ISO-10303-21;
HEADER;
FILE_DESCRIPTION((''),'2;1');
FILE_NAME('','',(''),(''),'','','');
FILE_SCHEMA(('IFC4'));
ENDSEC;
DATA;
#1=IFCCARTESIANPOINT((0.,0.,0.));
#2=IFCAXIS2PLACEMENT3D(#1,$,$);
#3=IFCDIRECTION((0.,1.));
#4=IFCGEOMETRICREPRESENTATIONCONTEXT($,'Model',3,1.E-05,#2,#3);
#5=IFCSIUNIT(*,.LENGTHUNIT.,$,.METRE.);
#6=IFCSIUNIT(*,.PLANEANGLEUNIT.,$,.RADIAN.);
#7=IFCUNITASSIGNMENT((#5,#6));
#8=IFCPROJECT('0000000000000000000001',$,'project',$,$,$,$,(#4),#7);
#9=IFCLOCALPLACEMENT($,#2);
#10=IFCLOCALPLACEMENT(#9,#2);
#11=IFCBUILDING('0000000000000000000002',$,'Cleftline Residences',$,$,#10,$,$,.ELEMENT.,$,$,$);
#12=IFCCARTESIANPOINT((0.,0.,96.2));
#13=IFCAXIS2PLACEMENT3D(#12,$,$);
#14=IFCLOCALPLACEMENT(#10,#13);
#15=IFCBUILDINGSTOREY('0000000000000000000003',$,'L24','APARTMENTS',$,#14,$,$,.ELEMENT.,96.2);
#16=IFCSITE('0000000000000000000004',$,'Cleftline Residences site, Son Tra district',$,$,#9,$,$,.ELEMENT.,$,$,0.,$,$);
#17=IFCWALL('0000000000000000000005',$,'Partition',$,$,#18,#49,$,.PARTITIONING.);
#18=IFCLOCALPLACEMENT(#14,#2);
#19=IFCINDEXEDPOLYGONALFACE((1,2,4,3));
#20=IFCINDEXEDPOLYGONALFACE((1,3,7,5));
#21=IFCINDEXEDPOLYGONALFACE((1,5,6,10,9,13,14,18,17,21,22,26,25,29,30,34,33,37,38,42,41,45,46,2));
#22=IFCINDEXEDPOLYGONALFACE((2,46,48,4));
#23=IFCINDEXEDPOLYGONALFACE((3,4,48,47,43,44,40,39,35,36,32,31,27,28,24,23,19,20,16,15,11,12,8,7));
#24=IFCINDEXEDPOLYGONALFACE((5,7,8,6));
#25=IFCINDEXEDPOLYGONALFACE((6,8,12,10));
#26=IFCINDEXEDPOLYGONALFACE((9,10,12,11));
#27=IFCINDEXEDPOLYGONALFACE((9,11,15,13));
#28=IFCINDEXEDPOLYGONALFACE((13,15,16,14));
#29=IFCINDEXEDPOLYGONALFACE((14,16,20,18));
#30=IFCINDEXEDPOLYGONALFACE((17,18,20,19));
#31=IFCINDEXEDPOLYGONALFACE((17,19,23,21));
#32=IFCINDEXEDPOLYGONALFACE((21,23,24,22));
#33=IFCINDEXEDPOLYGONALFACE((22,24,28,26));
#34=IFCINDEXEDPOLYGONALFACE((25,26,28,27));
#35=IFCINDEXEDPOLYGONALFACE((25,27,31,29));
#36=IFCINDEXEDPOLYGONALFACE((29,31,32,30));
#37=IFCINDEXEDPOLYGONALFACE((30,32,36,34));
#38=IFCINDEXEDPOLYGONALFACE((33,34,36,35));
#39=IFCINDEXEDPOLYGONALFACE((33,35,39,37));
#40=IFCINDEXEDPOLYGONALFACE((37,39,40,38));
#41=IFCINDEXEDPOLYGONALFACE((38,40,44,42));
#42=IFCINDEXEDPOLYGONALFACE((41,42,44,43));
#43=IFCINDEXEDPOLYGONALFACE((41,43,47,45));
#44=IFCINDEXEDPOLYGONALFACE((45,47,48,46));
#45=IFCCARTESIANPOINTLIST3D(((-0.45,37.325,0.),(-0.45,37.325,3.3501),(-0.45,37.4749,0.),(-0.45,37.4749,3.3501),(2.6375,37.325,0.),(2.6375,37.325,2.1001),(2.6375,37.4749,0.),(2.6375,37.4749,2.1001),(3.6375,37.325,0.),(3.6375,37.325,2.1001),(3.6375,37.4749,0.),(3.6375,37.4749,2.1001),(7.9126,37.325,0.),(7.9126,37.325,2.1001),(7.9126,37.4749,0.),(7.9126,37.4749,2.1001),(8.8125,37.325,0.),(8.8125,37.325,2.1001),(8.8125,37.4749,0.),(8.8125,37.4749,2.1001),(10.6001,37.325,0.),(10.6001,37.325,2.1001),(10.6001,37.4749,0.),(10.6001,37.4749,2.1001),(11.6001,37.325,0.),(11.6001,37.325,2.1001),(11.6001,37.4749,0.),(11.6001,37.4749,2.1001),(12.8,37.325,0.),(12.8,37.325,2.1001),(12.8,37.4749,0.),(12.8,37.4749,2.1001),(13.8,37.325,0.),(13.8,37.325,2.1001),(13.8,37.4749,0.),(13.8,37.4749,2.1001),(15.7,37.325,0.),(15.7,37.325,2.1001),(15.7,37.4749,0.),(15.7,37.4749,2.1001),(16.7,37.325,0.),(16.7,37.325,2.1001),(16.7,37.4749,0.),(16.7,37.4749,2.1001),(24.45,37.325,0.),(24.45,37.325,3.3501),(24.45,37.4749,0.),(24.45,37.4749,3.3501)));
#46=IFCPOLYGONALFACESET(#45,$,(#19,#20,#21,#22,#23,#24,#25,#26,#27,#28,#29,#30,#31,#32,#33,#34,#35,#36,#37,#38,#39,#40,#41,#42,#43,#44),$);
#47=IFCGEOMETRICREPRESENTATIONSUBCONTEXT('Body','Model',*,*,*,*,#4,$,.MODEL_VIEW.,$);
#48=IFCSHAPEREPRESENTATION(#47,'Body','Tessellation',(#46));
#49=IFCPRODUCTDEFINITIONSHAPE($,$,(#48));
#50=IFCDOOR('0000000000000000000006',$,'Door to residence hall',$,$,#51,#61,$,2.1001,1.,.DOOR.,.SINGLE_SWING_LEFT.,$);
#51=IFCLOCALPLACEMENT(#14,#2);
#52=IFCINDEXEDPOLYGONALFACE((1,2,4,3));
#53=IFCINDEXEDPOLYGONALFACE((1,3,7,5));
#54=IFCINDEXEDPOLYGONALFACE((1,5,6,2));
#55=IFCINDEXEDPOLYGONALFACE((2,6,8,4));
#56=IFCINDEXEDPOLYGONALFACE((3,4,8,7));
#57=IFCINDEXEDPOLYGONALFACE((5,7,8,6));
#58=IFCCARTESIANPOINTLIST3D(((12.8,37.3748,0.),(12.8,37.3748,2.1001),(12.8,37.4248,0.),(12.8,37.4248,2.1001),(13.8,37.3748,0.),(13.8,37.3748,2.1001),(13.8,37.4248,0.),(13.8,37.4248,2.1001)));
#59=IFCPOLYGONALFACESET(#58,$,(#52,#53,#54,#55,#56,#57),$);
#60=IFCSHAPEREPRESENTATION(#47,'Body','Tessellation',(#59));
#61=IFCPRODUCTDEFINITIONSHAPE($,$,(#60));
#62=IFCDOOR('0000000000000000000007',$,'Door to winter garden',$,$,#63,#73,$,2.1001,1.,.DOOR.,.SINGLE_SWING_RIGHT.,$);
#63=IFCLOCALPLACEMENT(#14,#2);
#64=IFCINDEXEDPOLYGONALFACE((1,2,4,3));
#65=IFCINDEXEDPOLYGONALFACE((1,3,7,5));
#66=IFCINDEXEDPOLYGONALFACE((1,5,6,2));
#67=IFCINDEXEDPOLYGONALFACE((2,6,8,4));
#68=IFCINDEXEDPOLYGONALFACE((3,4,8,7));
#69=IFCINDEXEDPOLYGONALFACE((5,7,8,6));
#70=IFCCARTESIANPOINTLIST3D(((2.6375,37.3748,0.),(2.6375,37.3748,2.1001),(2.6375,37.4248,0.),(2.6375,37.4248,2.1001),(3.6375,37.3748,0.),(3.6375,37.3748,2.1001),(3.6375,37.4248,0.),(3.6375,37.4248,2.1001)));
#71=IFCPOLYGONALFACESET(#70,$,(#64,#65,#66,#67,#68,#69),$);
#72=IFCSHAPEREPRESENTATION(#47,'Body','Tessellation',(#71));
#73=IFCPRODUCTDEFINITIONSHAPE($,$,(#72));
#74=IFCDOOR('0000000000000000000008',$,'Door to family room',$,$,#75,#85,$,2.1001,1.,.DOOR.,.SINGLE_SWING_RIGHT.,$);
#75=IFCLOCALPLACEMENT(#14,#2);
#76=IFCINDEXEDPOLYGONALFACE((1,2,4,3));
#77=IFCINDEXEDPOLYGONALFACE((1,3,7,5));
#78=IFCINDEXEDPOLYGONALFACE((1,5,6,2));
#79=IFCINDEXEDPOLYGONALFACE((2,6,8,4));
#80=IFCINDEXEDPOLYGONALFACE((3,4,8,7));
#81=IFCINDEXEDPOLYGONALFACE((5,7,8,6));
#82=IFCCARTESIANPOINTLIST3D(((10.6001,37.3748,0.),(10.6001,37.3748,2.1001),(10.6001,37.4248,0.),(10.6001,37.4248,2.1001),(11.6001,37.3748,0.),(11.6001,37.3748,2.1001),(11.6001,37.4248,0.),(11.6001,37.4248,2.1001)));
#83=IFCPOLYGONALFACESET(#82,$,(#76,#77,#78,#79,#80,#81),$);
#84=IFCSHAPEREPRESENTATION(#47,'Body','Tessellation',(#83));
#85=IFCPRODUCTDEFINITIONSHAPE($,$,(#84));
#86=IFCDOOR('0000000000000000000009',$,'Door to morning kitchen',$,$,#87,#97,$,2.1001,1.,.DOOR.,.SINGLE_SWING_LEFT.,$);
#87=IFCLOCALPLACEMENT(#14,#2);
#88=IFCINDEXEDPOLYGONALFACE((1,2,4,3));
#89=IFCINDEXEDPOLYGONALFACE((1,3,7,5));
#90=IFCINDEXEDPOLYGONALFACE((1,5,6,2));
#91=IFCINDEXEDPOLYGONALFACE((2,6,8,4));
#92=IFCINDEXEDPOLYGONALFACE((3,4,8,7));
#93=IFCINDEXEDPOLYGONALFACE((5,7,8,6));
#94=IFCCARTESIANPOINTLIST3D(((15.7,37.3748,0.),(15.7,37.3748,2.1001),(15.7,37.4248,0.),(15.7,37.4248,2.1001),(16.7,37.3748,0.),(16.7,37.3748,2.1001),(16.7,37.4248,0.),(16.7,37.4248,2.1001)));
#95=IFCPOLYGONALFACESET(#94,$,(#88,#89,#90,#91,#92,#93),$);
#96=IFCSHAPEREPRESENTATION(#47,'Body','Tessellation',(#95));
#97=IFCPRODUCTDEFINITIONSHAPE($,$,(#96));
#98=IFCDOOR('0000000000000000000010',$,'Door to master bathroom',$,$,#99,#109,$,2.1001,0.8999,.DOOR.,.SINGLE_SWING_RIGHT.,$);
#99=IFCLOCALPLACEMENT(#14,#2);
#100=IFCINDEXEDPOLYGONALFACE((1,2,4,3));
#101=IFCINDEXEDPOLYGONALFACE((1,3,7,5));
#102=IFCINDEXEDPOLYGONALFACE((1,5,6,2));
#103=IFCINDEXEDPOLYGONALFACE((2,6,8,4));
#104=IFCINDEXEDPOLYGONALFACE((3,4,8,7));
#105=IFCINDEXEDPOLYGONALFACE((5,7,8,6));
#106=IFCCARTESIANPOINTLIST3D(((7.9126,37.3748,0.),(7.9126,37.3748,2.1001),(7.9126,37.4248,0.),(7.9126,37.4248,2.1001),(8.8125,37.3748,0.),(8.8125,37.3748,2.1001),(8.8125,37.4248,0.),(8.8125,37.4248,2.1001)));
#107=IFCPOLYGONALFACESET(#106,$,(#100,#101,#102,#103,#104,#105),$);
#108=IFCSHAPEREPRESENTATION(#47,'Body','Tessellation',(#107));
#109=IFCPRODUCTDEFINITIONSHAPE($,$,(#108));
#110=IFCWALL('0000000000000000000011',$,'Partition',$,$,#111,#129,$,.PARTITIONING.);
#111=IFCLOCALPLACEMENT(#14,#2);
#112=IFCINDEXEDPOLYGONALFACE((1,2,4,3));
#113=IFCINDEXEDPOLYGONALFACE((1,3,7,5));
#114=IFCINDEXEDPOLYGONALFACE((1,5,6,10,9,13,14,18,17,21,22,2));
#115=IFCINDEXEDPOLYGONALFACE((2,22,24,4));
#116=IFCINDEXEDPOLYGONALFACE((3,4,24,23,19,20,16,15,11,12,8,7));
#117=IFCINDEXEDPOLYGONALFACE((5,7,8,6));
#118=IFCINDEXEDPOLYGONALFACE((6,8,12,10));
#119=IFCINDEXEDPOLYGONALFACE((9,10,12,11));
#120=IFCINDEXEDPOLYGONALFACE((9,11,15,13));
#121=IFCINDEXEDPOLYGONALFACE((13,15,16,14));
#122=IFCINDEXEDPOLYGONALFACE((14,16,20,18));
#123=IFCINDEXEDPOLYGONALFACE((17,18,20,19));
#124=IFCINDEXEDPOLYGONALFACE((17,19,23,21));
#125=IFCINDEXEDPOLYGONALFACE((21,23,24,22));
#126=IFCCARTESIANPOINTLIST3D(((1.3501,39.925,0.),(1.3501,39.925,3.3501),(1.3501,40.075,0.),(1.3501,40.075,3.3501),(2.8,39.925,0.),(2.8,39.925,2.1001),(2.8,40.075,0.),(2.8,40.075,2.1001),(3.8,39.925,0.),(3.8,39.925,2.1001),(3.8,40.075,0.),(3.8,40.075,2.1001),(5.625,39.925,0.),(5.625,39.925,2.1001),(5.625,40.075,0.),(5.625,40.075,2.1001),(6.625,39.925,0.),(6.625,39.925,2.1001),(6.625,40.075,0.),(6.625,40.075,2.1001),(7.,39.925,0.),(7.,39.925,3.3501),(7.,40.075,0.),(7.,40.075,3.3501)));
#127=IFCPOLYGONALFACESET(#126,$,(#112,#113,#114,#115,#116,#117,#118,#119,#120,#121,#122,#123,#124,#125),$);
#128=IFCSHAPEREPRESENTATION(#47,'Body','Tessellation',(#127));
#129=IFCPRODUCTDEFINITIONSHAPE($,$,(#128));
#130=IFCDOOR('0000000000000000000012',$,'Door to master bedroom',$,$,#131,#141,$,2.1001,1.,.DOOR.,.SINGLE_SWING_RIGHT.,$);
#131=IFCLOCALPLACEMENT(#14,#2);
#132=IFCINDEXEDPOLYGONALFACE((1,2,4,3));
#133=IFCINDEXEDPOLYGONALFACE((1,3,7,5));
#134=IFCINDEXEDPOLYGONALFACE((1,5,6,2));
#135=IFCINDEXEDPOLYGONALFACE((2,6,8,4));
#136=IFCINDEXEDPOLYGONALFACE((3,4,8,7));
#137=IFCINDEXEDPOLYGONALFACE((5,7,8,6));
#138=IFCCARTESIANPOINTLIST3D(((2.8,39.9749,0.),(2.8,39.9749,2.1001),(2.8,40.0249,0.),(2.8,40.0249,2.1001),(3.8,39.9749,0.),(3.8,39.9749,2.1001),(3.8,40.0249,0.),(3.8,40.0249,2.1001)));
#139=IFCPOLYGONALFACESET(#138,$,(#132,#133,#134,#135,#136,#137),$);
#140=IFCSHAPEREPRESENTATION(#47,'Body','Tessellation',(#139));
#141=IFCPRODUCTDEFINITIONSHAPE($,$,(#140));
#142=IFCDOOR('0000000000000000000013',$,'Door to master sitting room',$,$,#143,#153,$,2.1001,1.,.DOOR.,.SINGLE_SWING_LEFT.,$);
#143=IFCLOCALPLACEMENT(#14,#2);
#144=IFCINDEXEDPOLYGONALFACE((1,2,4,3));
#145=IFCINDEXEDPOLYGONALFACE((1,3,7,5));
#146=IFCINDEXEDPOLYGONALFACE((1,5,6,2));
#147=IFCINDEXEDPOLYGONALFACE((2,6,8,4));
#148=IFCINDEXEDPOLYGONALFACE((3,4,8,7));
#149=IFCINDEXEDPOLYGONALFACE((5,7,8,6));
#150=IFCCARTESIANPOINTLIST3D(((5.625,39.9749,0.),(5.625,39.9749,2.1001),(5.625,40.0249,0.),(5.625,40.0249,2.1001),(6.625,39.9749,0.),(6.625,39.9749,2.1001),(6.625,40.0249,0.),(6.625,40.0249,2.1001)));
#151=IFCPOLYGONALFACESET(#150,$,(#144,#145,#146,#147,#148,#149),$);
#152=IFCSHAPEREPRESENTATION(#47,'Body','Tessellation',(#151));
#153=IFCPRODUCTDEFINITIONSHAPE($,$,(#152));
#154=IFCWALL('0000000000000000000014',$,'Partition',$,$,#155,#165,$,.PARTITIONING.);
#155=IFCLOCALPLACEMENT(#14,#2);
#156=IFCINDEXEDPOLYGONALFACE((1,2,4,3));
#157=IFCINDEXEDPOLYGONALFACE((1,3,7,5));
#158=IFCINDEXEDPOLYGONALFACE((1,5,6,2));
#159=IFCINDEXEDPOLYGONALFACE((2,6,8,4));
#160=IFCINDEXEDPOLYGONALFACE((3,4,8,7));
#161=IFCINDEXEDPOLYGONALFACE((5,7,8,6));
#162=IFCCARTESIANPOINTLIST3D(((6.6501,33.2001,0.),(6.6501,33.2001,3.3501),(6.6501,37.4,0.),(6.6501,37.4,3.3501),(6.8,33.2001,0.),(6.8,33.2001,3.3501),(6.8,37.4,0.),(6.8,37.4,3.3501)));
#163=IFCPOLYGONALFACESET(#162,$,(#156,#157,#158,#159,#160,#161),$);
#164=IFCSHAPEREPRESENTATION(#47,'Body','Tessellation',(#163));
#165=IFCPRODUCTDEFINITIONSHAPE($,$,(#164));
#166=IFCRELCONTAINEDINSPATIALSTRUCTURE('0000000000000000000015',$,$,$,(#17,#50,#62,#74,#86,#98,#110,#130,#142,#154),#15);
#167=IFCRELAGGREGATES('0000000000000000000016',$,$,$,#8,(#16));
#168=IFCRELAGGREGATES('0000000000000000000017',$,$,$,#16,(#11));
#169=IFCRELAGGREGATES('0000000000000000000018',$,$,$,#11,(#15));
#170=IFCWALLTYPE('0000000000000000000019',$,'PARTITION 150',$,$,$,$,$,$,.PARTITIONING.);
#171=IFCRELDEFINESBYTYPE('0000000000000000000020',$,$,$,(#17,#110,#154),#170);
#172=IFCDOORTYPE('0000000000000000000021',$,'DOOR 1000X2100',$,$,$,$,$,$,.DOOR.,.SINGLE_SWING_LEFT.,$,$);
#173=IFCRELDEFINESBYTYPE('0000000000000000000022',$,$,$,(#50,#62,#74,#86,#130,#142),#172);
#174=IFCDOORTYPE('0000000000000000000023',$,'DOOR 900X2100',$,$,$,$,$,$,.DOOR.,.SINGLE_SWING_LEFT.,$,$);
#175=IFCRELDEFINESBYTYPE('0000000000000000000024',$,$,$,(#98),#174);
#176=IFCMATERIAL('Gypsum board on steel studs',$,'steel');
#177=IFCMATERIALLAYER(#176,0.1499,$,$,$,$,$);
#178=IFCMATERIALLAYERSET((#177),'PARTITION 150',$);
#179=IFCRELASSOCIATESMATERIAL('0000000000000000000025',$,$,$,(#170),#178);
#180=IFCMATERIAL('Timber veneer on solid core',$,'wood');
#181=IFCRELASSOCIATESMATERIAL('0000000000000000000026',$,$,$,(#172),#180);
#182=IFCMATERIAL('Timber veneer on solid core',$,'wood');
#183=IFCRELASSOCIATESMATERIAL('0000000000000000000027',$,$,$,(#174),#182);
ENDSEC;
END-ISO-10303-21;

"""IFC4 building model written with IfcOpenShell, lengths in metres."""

from ifc_helpers import new_model, si_unit, direction, frame, frame_2d, origin, place, context, subcontext, project, spatial, rectangle, extrude, material, layer, layer_set, type_object, element, fill, save


model = new_model("IFC4")

# Units and contexts
model_context = context("Model", 3, precision=1e-05, world=origin(), true_north=direction((0.0, 1.0)))
body_context = subcontext(model_context, "Body", "Model", "MODEL_VIEW")
ifc_project = project(units=[si_unit("LENGTHUNIT", "METRE"), si_unit("PLANEANGLEUNIT", "RADIAN")], contexts=[model_context])

# Site, building, storey
site_placement = place(None, origin())
site = spatial("IfcSite", under=ifc_project, at=site_placement, Name="Cleftline Residences site, Son Tra district", CompositionType="ELEMENT", RefElevation=0.0)
building_placement = place(site_placement, origin())
building = spatial("IfcBuilding", under=site, at=building_placement, Name="Cleftline Residences", CompositionType="ELEMENT")
storey_placement = place(building_placement, frame((0.0, 0.0, 96.2)))
storey = spatial("IfcBuildingStorey", under=building, at=storey_placement, Name="L24", Description="APARTMENTS", CompositionType="ELEMENT", Elevation=96.2)

# Walls, openings, doors
ifc_material_1 = material(Name="Gypsum board on steel studs", Category="steel")
ifc_layer = layer(ifc_material_1, 0.1499)
ifc_layer_set = layer_set([ifc_layer], Name="PARTITION 150")
wall_type = type_object("IfcWallType", Name="PARTITION 150", PredefinedType="PARTITIONING", material=ifc_layer_set)
wall_1_placement = place(storey_placement, frame((-0.45, 37.3999, 0.0), z_axis=(0.0, 0.0, 1.0), x_axis=(1.0, 0.0, 0.0)))
wall_1 = element("IfcWall", 1, at=wall_1_placement, inside=storey, type_object=wall_type, Name="Partition", PredefinedType="PARTITIONING", context=body_context, shape_type="SweptSolid", body=[
    extrude(rectangle(XDim=24.8999, YDim=0.1499, at=frame_2d((12.45, 0.0))), origin(), (0.0, 0.0, 1.0), 3.3501),
])
opening_1_placement = place(wall_1_placement, frame((13.25, 0.0, 0.0)))
opening_1 = element("IfcOpeningElement", 2, at=opening_1_placement, cuts=wall_1, PredefinedType="OPENING", context=body_context, shape_type="SweptSolid", body=[
    extrude(rectangle(XDim=1.0, YDim=2.1001, at=frame_2d((0.5, 1.05))), frame((0.0, 0.085, 0.0), z_axis=(0.0, -1.0, 0.0), x_axis=(1.0, 0.0, 0.0)), (0.0, 0.0, 1.0), 0.1699),
])
opening_2_placement = place(wall_1_placement, frame((3.0874, 0.0, 0.0)))
opening_2 = element("IfcOpeningElement", 3, at=opening_2_placement, cuts=wall_1, PredefinedType="OPENING", context=body_context, shape_type="SweptSolid", body=[
    extrude(rectangle(XDim=1.0, YDim=2.1001, at=frame_2d((0.5, 1.05))), frame((0.0, 0.085, 0.0), z_axis=(0.0, -1.0, 0.0), x_axis=(1.0, 0.0, 0.0)), (0.0, 0.0, 1.0), 0.1699),
])
opening_3_placement = place(wall_1_placement, frame((8.3625, 0.0, 0.0)))
opening_3 = element("IfcOpeningElement", 4, at=opening_3_placement, cuts=wall_1, PredefinedType="OPENING", context=body_context, shape_type="SweptSolid", body=[
    extrude(rectangle(XDim=0.8999, YDim=2.1001, at=frame_2d((0.45, 1.05))), frame((0.0, 0.085, 0.0), z_axis=(0.0, -1.0, 0.0), x_axis=(1.0, 0.0, 0.0)), (0.0, 0.0, 1.0), 0.1699),
])
opening_4_placement = place(wall_1_placement, frame((11.05, 0.0, 0.0)))
opening_4 = element("IfcOpeningElement", 5, at=opening_4_placement, cuts=wall_1, PredefinedType="OPENING", context=body_context, shape_type="SweptSolid", body=[
    extrude(rectangle(XDim=1.0, YDim=2.1001, at=frame_2d((0.5, 1.05))), frame((0.0, 0.085, 0.0), z_axis=(0.0, -1.0, 0.0), x_axis=(1.0, 0.0, 0.0)), (0.0, 0.0, 1.0), 0.1699),
])
opening_5_placement = place(wall_1_placement, frame((16.1499, 0.0, 0.0)))
opening_5 = element("IfcOpeningElement", 6, at=opening_5_placement, cuts=wall_1, PredefinedType="OPENING", context=body_context, shape_type="SweptSolid", body=[
    extrude(rectangle(XDim=1.0, YDim=2.1001, at=frame_2d((0.5, 1.05))), frame((0.0, 0.085, 0.0), z_axis=(0.0, -1.0, 0.0), x_axis=(1.0, 0.0, 0.0)), (0.0, 0.0, 1.0), 0.1699),
])
ifc_material_2 = material(Name="Timber veneer on solid core", Category="wood")
door_type_1 = type_object("IfcDoorType", Name="DOOR 1000X2100", OperationType="SINGLE_SWING_LEFT", PredefinedType="DOOR", material=ifc_material_2)
door_1_placement = place(opening_1_placement, origin())
door_1 = element("IfcDoor", 7, at=door_1_placement, inside=storey, type_object=door_type_1, Name="Door to residence hall", OperationType="SINGLE_SWING_LEFT", OverallHeight=2.1001, OverallWidth=1.0, PredefinedType="DOOR", context=body_context, shape_type="SweptSolid", body=[
    extrude(rectangle(XDim=1.0, YDim=2.1001, at=frame_2d((0.5, 1.05))), frame((0.0, 0.0249, 0.0), z_axis=(0.0, -1.0, 0.0), x_axis=(1.0, 0.0, 0.0)), (0.0, 0.0, 1.0), 0.05),
])
fill(opening_1, door_1)
door_2_placement = place(opening_2_placement, origin())
door_2 = element("IfcDoor", 8, at=door_2_placement, inside=storey, type_object=door_type_1, Name="Door to winter garden", OperationType="SINGLE_SWING_RIGHT", OverallHeight=2.1001, OverallWidth=1.0, PredefinedType="DOOR", context=body_context, shape_type="SweptSolid", body=[
    extrude(rectangle(XDim=1.0, YDim=2.1001, at=frame_2d((0.5, 1.05))), frame((0.0, 0.0249, 0.0), z_axis=(0.0, -1.0, 0.0), x_axis=(1.0, 0.0, 0.0)), (0.0, 0.0, 1.0), 0.05),
])
fill(opening_2, door_2)
door_3_placement = place(opening_4_placement, origin())
door_3 = element("IfcDoor", 9, at=door_3_placement, inside=storey, type_object=door_type_1, Name="Door to family room", OperationType="SINGLE_SWING_RIGHT", OverallHeight=2.1001, OverallWidth=1.0, PredefinedType="DOOR", context=body_context, shape_type="SweptSolid", body=[
    extrude(rectangle(XDim=1.0, YDim=2.1001, at=frame_2d((0.5, 1.05))), frame((0.0, 0.0249, 0.0), z_axis=(0.0, -1.0, 0.0), x_axis=(1.0, 0.0, 0.0)), (0.0, 0.0, 1.0), 0.05),
])
fill(opening_4, door_3)
door_4_placement = place(opening_5_placement, origin())
door_4 = element("IfcDoor", 10, at=door_4_placement, inside=storey, type_object=door_type_1, Name="Door to morning kitchen", OperationType="SINGLE_SWING_LEFT", OverallHeight=2.1001, OverallWidth=1.0, PredefinedType="DOOR", context=body_context, shape_type="SweptSolid", body=[
    extrude(rectangle(XDim=1.0, YDim=2.1001, at=frame_2d((0.5, 1.05))), frame((0.0, 0.0249, 0.0), z_axis=(0.0, -1.0, 0.0), x_axis=(1.0, 0.0, 0.0)), (0.0, 0.0, 1.0), 0.05),
])
fill(opening_5, door_4)
ifc_material_3 = material(Name="Timber veneer on solid core", Category="wood")
door_type_2 = type_object("IfcDoorType", Name="DOOR 900X2100", OperationType="SINGLE_SWING_LEFT", PredefinedType="DOOR", material=ifc_material_3)
door_5_placement = place(opening_3_placement, origin())
door_5 = element("IfcDoor", 11, at=door_5_placement, inside=storey, type_object=door_type_2, Name="Door to master bathroom", OperationType="SINGLE_SWING_RIGHT", OverallHeight=2.1001, OverallWidth=0.8999, PredefinedType="DOOR", context=body_context, shape_type="SweptSolid", body=[
    extrude(rectangle(XDim=0.8999, YDim=2.1001, at=frame_2d((0.45, 1.05))), frame((0.0, 0.0249, 0.0), z_axis=(0.0, -1.0, 0.0), x_axis=(1.0, 0.0, 0.0)), (0.0, 0.0, 1.0), 0.05),
])
fill(opening_3, door_5)
wall_2_placement = place(storey_placement, frame((1.3501, 40.0, 0.0), z_axis=(0.0, 0.0, 1.0), x_axis=(1.0, 0.0, 0.0)))
wall_2 = element("IfcWall", 12, at=wall_2_placement, inside=storey, type_object=wall_type, Name="Partition", PredefinedType="PARTITIONING", context=body_context, shape_type="SweptSolid", body=[
    extrude(rectangle(XDim=5.6499, YDim=0.1499, at=frame_2d((2.825, 0.0))), origin(), (0.0, 0.0, 1.0), 3.3501),
])
opening_6_placement = place(wall_2_placement, frame((1.45, 0.0, 0.0)))
opening_6 = element("IfcOpeningElement", 13, at=opening_6_placement, cuts=wall_2, PredefinedType="OPENING", context=body_context, shape_type="SweptSolid", body=[
    extrude(rectangle(XDim=1.0, YDim=2.1001, at=frame_2d((0.5, 1.05))), frame((0.0, 0.085, 0.0), z_axis=(0.0, -1.0, 0.0), x_axis=(1.0, 0.0, 0.0)), (0.0, 0.0, 1.0), 0.1699),
])
opening_7_placement = place(wall_2_placement, frame((4.2749, 0.0, 0.0)))
opening_7 = element("IfcOpeningElement", 14, at=opening_7_placement, cuts=wall_2, PredefinedType="OPENING", context=body_context, shape_type="SweptSolid", body=[
    extrude(rectangle(XDim=1.0, YDim=2.1001, at=frame_2d((0.5, 1.05))), frame((0.0, 0.085, 0.0), z_axis=(0.0, -1.0, 0.0), x_axis=(1.0, 0.0, 0.0)), (0.0, 0.0, 1.0), 0.1699),
])
door_6_placement = place(opening_6_placement, origin())
door_6 = element("IfcDoor", 15, at=door_6_placement, inside=storey, type_object=door_type_1, Name="Door to master bedroom", OperationType="SINGLE_SWING_RIGHT", OverallHeight=2.1001, OverallWidth=1.0, PredefinedType="DOOR", context=body_context, shape_type="SweptSolid", body=[
    extrude(rectangle(XDim=1.0, YDim=2.1001, at=frame_2d((0.5, 1.05))), frame((0.0, 0.0249, 0.0), z_axis=(0.0, -1.0, 0.0), x_axis=(1.0, 0.0, 0.0)), (0.0, 0.0, 1.0), 0.05),
])
fill(opening_6, door_6)
door_7_placement = place(opening_7_placement, origin())
door_7 = element("IfcDoor", 16, at=door_7_placement, inside=storey, type_object=door_type_1, Name="Door to master sitting room", OperationType="SINGLE_SWING_LEFT", OverallHeight=2.1001, OverallWidth=1.0, PredefinedType="DOOR", context=body_context, shape_type="SweptSolid", body=[
    extrude(rectangle(XDim=1.0, YDim=2.1001, at=frame_2d((0.5, 1.05))), frame((0.0, 0.0249, 0.0), z_axis=(0.0, -1.0, 0.0), x_axis=(1.0, 0.0, 0.0)), (0.0, 0.0, 1.0), 0.05),
])
fill(opening_7, door_7)

# Wall
wall_3_placement = place(storey_placement, frame((6.7251, 33.2, 0.0), z_axis=(0.0, 0.0, 1.0), x_axis=(0.0, 1.0, 0.0)))
element("IfcWall", 17, at=wall_3_placement, inside=storey, type_object=wall_type, Name="Partition", PredefinedType="PARTITIONING", context=body_context, shape_type="SweptSolid", body=[
    extrude(rectangle(XDim=4.2, YDim=0.1499, at=frame_2d((2.1001, 0.0))), origin(), (0.0, 0.0, 1.0), 3.3501),
])

save(model, "model.ifc")
